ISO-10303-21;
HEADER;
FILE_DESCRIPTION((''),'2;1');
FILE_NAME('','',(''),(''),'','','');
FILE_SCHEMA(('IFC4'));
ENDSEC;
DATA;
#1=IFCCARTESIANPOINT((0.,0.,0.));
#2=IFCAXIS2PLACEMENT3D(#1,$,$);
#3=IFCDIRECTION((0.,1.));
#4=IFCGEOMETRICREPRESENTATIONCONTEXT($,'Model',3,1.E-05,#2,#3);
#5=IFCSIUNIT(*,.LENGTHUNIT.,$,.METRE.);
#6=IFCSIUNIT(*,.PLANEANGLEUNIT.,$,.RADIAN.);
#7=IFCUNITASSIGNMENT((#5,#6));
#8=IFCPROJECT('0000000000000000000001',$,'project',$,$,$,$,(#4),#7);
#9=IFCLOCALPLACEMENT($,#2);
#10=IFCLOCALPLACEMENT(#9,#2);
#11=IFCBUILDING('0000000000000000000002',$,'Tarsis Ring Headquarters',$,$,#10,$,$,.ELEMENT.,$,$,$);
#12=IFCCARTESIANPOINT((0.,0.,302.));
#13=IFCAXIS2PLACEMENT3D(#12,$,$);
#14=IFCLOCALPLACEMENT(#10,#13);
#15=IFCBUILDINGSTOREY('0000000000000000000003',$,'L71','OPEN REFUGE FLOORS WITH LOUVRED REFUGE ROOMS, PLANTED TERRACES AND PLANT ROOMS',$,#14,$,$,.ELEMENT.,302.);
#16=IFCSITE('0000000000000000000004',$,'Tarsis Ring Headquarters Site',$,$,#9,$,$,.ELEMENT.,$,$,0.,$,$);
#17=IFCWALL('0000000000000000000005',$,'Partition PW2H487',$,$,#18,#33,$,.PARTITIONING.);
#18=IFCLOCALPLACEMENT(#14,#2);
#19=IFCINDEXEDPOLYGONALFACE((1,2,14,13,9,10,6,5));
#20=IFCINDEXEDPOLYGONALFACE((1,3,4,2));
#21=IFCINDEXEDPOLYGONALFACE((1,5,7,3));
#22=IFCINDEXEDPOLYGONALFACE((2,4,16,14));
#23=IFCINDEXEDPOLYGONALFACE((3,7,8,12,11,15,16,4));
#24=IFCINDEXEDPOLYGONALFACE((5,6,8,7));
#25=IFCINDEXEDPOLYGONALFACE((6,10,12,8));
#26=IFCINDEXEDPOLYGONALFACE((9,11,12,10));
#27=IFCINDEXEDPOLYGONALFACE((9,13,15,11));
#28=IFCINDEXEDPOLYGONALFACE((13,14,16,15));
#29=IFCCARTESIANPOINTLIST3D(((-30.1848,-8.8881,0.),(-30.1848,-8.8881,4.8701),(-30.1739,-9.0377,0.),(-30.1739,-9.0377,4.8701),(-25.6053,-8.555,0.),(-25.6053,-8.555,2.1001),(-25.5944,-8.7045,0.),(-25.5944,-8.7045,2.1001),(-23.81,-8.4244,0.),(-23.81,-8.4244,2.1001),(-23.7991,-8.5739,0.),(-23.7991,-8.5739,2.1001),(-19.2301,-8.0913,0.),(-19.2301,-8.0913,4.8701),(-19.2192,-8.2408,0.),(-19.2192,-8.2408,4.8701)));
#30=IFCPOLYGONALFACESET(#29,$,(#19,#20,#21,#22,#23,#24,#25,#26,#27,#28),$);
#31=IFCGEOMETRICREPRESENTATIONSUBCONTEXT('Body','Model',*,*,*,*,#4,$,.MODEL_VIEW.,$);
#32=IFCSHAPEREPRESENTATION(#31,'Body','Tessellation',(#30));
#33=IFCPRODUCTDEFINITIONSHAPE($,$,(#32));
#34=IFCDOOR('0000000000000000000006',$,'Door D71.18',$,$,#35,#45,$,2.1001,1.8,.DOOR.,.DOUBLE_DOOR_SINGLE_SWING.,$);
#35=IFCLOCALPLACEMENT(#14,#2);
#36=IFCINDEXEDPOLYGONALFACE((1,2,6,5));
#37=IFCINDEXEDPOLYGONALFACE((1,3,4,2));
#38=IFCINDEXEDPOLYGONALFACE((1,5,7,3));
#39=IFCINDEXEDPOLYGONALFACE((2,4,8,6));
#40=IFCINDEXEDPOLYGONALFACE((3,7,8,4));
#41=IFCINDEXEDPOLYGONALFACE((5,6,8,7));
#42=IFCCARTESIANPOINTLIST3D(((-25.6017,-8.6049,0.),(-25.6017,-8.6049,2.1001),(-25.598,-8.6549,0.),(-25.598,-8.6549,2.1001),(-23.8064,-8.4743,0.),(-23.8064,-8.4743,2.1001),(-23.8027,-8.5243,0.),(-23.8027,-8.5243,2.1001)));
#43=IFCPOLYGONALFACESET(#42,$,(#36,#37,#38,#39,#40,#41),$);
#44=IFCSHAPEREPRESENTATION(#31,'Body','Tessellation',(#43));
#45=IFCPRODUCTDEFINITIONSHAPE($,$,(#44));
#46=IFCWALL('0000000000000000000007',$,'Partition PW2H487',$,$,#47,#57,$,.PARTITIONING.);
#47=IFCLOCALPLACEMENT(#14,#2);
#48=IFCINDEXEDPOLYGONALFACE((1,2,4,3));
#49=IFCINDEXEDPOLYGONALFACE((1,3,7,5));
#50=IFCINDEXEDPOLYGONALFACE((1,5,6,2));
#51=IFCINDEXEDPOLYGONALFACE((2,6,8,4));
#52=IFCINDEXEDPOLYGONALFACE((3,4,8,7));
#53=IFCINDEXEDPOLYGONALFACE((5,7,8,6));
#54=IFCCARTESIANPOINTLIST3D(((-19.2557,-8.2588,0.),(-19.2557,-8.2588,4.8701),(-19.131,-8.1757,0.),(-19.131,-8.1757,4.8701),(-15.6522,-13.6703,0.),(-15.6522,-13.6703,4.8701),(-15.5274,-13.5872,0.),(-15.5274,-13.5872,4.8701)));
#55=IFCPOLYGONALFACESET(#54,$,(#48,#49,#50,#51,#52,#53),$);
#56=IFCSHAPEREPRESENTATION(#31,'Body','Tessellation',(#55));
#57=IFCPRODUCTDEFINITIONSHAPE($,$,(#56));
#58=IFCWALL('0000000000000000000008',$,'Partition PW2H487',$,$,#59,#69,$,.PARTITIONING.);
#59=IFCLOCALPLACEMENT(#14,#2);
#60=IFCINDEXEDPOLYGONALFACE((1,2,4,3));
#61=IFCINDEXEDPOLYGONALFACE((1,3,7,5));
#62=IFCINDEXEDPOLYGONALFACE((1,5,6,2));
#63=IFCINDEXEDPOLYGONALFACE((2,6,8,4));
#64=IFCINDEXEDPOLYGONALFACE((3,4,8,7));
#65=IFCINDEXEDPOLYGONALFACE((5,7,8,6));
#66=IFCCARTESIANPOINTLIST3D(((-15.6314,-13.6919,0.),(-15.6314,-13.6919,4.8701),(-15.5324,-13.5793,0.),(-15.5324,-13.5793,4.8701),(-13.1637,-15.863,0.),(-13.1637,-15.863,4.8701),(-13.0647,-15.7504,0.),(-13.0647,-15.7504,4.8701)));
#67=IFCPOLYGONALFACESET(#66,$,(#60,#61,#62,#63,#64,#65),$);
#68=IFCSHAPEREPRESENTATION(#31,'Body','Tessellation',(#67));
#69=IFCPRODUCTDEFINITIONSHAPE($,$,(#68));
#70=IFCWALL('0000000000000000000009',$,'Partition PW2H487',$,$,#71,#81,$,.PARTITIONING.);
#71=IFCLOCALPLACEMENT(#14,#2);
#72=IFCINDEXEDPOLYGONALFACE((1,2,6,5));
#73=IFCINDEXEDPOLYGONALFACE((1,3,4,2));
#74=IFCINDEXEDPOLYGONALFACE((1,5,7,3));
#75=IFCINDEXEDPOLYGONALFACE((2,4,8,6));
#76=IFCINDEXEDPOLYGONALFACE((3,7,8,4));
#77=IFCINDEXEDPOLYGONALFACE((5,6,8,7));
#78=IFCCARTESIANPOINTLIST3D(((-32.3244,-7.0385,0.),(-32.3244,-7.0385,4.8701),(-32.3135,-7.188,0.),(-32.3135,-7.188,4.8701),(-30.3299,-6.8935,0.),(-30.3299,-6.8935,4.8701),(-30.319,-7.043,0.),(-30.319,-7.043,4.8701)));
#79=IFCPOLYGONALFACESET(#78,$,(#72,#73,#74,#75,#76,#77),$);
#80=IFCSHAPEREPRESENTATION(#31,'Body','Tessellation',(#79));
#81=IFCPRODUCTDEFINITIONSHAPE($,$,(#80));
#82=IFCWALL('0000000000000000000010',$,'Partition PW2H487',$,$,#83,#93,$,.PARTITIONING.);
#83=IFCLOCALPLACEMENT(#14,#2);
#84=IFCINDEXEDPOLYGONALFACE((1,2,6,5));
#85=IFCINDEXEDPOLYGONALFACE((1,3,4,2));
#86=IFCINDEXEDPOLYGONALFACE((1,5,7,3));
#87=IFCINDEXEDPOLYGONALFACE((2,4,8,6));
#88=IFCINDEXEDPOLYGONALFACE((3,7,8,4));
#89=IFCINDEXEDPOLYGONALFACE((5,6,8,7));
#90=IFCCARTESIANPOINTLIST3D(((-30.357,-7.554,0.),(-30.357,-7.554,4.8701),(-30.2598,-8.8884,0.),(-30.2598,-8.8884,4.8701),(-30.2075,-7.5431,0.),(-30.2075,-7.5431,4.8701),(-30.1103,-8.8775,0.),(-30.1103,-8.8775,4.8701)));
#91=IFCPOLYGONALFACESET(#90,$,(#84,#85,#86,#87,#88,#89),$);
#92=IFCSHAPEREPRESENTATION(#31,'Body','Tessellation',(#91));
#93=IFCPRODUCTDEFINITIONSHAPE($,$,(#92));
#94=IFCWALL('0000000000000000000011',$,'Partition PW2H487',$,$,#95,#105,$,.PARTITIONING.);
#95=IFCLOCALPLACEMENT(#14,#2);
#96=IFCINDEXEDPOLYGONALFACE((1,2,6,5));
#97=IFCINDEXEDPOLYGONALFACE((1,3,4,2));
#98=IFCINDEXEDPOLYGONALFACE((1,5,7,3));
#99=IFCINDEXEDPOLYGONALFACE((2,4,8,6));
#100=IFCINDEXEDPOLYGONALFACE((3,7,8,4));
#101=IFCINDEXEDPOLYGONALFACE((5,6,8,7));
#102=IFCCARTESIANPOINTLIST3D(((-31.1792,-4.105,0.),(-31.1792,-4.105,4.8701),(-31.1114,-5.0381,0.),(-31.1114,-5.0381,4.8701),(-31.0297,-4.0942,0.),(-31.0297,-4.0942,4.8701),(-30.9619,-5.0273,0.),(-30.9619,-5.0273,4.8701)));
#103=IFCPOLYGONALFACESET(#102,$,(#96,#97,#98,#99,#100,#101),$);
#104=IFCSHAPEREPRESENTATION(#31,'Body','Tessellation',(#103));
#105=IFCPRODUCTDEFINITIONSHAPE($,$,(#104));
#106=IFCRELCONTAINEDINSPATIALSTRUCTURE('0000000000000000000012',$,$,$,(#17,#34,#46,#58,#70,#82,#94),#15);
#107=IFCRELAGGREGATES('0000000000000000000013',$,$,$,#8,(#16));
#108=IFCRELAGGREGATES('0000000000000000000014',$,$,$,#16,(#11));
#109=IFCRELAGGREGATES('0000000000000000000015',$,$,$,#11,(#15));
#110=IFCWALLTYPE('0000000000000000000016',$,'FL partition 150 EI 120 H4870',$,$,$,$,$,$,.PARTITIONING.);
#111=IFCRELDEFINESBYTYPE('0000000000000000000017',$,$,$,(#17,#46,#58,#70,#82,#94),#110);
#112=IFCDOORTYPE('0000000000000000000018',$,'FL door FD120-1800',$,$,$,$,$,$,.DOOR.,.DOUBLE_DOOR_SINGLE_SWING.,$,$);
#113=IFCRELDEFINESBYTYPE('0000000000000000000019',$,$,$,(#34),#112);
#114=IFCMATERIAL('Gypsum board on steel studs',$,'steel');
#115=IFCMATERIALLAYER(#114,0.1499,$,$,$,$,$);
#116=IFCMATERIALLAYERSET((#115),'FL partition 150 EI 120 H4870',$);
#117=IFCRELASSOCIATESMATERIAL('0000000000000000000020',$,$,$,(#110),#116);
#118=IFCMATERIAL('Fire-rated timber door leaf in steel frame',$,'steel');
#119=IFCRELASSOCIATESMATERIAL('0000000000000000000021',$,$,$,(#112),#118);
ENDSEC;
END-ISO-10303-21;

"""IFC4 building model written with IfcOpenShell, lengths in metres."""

from ifc_helpers import new_model, si_unit, direction, frame, frame_2d, origin, place, context, subcontext, project, spatial, rectangle, extrude, material, layer, layer_set, type_object, element, fill, save


model = new_model("IFC4")

# Units and contexts
model_context = context("Model", 3, precision=1e-05, world=origin(), true_north=direction((0.0, 1.0)))
body_context = subcontext(model_context, "Body", "Model", "MODEL_VIEW")
ifc_project = project(units=[si_unit("LENGTHUNIT", "METRE"), si_unit("PLANEANGLEUNIT", "RADIAN")], contexts=[model_context])

# Site, building, storey
site_placement = place(None, origin())
site = spatial("IfcSite", under=ifc_project, at=site_placement, Name="Tarsis Ring Headquarters Site", CompositionType="ELEMENT", RefElevation=0.0)
building_placement = place(site_placement, origin())
building = spatial("IfcBuilding", under=site, at=building_placement, Name="Tarsis Ring Headquarters", CompositionType="ELEMENT")
storey_placement = place(building_placement, frame((0.0, 0.0, 302.0)))
storey = spatial("IfcBuildingStorey", under=building, at=storey_placement, Name="L71", Description="OPEN REFUGE FLOORS WITH LOUVRED REFUGE ROOMS, PLANTED TERRACES AND PLANT ROOMS", CompositionType="ELEMENT", Elevation=302.0)

# Shared definitions
ifc_material_1 = material(Name="Gypsum board on steel studs", Category="steel")
ifc_layer = layer(ifc_material_1, 0.1499)
ifc_layer_set = layer_set([ifc_layer], Name="FL partition 150 EI 120 H4870")
wall_type = type_object("IfcWallType", Name="FL partition 150 EI 120 H4870", PredefinedType="PARTITIONING", material=ifc_layer_set)

# Wall, opening, door
wall_1_placement = place(storey_placement, frame((-30.1792, -8.9629, 0.0), z_axis=(0.0, 0.0, 1.0), x_axis=(0.997365, 0.072552, 0.0)))
wall_1 = element("IfcWall", 1, at=wall_1_placement, inside=storey, type_object=wall_type, Name="Partition PW2H487", PredefinedType="PARTITIONING", context=body_context, shape_type="SweptSolid", body=[
    extrude(rectangle(XDim=10.9836, YDim=0.1499, at=frame_2d((5.4917, 0.0))), origin(), (0.0, 0.0, 1.0), 4.8701),
])
opening_placement = place(wall_1_placement, frame((4.5916, 0.0, 0.0)))
opening = element("IfcOpeningElement", 2, at=opening_placement, cuts=wall_1, PredefinedType="OPENING", context=body_context, shape_type="SweptSolid", body=[
    extrude(rectangle(XDim=1.8, YDim=2.1001, at=frame_2d((0.8999, 1.05))), frame((0.0, 0.085, 0.0), z_axis=(0.0, -1.0, 0.0), x_axis=(1.0, 0.0, 0.0)), (0.0, 0.0, 1.0), 0.1699),
])
ifc_material_2 = material(Name="Fire-rated timber door leaf in steel frame", Category="steel")
door_type = type_object("IfcDoorType", Name="FL door FD120-1800", OperationType="DOUBLE_DOOR_SINGLE_SWING", PredefinedType="DOOR", material=ifc_material_2)
door_placement = place(opening_placement, origin())
door = element("IfcDoor", 3, at=door_placement, inside=storey, type_object=door_type, Name="Door D71.18", OperationType="DOUBLE_DOOR_SINGLE_SWING", OverallHeight=2.1001, OverallWidth=1.8, PredefinedType="DOOR", context=body_context, shape_type="SweptSolid", body=[
    extrude(rectangle(XDim=1.8, YDim=2.1001, at=frame_2d((0.8999, 1.05))), frame((0.0, 0.0249, 0.0), z_axis=(0.0, -1.0, 0.0), x_axis=(1.0, 0.0, 0.0)), (0.0, 0.0, 1.0), 0.05),
])
fill(opening, door)

# Walls
wall_2_placement = place(storey_placement, frame((-19.1934, -8.2173, 0.0), z_axis=(0.0, 0.0, 1.0), x_axis=(0.554267, -0.832339, 0.0)))
element("IfcWall", 4, at=wall_2_placement, inside=storey, type_object=wall_type, Name="Partition PW2H487", PredefinedType="PARTITIONING", context=body_context, shape_type="SweptSolid", body=[
    extrude(rectangle(XDim=6.5015, YDim=0.1499, at=frame_2d((3.2507, 0.0))), origin(), (0.0, 0.0, 1.0), 4.8701),
])
wall_3_placement = place(storey_placement, frame((-15.582, -13.6355, 0.0), z_axis=(0.0, 0.0, 1.0), x_axis=(0.750789, -0.660542, 0.0)))
element("IfcWall", 5, at=wall_3_placement, inside=storey, type_object=wall_type, Name="Partition PW2H487", PredefinedType="PARTITIONING", context=body_context, shape_type="SweptSolid", body=[
    extrude(rectangle(XDim=3.2869, YDim=0.1499, at=frame_2d((1.6436, 0.0))), origin(), (0.0, 0.0, 1.0), 4.8701),
])
wall_4_placement = place(storey_placement, frame((-32.3191, -7.1133, 0.0), z_axis=(0.0, 0.0, 1.0), x_axis=(0.997367, 0.072522, 0.0)))
element("IfcWall", 6, at=wall_4_placement, inside=storey, type_object=wall_type, Name="Partition PW2H487", PredefinedType="PARTITIONING", context=body_context, shape_type="SweptSolid", body=[
    extrude(rectangle(XDim=1.9998, YDim=0.1499, at=frame_2d((1.0, 0.0))), origin(), (0.0, 0.0, 1.0), 4.8701),
])
wall_5_placement = place(storey_placement, frame((-30.2822, -7.5486, 0.0), z_axis=(0.0, 0.0, 1.0), x_axis=(0.072621, -0.99736, 0.0)))
element("IfcWall", 7, at=wall_5_placement, inside=storey, type_object=wall_type, Name="Partition PW2H487", PredefinedType="PARTITIONING", context=body_context, shape_type="SweptSolid", body=[
    extrude(rectangle(XDim=1.3379, YDim=0.1499, at=frame_2d((0.6689, 0.0))), origin(), (0.0, 0.0, 1.0), 4.8701),
])
wall_6_placement = place(storey_placement, frame((-31.1045, -4.0996, 0.0), z_axis=(0.0, 0.0, 1.0), x_axis=(0.072545, -0.997365, 0.0)))
element("IfcWall", 8, at=wall_6_placement, inside=storey, type_object=wall_type, Name="Partition PW2H487", PredefinedType="PARTITIONING", context=body_context, shape_type="SweptSolid", body=[
    extrude(rectangle(XDim=0.9355, YDim=0.1499, at=frame_2d((0.4678, 0.0))), origin(), (0.0, 0.0, 1.0), 4.8701),
])

save(model, "model.ifc")
